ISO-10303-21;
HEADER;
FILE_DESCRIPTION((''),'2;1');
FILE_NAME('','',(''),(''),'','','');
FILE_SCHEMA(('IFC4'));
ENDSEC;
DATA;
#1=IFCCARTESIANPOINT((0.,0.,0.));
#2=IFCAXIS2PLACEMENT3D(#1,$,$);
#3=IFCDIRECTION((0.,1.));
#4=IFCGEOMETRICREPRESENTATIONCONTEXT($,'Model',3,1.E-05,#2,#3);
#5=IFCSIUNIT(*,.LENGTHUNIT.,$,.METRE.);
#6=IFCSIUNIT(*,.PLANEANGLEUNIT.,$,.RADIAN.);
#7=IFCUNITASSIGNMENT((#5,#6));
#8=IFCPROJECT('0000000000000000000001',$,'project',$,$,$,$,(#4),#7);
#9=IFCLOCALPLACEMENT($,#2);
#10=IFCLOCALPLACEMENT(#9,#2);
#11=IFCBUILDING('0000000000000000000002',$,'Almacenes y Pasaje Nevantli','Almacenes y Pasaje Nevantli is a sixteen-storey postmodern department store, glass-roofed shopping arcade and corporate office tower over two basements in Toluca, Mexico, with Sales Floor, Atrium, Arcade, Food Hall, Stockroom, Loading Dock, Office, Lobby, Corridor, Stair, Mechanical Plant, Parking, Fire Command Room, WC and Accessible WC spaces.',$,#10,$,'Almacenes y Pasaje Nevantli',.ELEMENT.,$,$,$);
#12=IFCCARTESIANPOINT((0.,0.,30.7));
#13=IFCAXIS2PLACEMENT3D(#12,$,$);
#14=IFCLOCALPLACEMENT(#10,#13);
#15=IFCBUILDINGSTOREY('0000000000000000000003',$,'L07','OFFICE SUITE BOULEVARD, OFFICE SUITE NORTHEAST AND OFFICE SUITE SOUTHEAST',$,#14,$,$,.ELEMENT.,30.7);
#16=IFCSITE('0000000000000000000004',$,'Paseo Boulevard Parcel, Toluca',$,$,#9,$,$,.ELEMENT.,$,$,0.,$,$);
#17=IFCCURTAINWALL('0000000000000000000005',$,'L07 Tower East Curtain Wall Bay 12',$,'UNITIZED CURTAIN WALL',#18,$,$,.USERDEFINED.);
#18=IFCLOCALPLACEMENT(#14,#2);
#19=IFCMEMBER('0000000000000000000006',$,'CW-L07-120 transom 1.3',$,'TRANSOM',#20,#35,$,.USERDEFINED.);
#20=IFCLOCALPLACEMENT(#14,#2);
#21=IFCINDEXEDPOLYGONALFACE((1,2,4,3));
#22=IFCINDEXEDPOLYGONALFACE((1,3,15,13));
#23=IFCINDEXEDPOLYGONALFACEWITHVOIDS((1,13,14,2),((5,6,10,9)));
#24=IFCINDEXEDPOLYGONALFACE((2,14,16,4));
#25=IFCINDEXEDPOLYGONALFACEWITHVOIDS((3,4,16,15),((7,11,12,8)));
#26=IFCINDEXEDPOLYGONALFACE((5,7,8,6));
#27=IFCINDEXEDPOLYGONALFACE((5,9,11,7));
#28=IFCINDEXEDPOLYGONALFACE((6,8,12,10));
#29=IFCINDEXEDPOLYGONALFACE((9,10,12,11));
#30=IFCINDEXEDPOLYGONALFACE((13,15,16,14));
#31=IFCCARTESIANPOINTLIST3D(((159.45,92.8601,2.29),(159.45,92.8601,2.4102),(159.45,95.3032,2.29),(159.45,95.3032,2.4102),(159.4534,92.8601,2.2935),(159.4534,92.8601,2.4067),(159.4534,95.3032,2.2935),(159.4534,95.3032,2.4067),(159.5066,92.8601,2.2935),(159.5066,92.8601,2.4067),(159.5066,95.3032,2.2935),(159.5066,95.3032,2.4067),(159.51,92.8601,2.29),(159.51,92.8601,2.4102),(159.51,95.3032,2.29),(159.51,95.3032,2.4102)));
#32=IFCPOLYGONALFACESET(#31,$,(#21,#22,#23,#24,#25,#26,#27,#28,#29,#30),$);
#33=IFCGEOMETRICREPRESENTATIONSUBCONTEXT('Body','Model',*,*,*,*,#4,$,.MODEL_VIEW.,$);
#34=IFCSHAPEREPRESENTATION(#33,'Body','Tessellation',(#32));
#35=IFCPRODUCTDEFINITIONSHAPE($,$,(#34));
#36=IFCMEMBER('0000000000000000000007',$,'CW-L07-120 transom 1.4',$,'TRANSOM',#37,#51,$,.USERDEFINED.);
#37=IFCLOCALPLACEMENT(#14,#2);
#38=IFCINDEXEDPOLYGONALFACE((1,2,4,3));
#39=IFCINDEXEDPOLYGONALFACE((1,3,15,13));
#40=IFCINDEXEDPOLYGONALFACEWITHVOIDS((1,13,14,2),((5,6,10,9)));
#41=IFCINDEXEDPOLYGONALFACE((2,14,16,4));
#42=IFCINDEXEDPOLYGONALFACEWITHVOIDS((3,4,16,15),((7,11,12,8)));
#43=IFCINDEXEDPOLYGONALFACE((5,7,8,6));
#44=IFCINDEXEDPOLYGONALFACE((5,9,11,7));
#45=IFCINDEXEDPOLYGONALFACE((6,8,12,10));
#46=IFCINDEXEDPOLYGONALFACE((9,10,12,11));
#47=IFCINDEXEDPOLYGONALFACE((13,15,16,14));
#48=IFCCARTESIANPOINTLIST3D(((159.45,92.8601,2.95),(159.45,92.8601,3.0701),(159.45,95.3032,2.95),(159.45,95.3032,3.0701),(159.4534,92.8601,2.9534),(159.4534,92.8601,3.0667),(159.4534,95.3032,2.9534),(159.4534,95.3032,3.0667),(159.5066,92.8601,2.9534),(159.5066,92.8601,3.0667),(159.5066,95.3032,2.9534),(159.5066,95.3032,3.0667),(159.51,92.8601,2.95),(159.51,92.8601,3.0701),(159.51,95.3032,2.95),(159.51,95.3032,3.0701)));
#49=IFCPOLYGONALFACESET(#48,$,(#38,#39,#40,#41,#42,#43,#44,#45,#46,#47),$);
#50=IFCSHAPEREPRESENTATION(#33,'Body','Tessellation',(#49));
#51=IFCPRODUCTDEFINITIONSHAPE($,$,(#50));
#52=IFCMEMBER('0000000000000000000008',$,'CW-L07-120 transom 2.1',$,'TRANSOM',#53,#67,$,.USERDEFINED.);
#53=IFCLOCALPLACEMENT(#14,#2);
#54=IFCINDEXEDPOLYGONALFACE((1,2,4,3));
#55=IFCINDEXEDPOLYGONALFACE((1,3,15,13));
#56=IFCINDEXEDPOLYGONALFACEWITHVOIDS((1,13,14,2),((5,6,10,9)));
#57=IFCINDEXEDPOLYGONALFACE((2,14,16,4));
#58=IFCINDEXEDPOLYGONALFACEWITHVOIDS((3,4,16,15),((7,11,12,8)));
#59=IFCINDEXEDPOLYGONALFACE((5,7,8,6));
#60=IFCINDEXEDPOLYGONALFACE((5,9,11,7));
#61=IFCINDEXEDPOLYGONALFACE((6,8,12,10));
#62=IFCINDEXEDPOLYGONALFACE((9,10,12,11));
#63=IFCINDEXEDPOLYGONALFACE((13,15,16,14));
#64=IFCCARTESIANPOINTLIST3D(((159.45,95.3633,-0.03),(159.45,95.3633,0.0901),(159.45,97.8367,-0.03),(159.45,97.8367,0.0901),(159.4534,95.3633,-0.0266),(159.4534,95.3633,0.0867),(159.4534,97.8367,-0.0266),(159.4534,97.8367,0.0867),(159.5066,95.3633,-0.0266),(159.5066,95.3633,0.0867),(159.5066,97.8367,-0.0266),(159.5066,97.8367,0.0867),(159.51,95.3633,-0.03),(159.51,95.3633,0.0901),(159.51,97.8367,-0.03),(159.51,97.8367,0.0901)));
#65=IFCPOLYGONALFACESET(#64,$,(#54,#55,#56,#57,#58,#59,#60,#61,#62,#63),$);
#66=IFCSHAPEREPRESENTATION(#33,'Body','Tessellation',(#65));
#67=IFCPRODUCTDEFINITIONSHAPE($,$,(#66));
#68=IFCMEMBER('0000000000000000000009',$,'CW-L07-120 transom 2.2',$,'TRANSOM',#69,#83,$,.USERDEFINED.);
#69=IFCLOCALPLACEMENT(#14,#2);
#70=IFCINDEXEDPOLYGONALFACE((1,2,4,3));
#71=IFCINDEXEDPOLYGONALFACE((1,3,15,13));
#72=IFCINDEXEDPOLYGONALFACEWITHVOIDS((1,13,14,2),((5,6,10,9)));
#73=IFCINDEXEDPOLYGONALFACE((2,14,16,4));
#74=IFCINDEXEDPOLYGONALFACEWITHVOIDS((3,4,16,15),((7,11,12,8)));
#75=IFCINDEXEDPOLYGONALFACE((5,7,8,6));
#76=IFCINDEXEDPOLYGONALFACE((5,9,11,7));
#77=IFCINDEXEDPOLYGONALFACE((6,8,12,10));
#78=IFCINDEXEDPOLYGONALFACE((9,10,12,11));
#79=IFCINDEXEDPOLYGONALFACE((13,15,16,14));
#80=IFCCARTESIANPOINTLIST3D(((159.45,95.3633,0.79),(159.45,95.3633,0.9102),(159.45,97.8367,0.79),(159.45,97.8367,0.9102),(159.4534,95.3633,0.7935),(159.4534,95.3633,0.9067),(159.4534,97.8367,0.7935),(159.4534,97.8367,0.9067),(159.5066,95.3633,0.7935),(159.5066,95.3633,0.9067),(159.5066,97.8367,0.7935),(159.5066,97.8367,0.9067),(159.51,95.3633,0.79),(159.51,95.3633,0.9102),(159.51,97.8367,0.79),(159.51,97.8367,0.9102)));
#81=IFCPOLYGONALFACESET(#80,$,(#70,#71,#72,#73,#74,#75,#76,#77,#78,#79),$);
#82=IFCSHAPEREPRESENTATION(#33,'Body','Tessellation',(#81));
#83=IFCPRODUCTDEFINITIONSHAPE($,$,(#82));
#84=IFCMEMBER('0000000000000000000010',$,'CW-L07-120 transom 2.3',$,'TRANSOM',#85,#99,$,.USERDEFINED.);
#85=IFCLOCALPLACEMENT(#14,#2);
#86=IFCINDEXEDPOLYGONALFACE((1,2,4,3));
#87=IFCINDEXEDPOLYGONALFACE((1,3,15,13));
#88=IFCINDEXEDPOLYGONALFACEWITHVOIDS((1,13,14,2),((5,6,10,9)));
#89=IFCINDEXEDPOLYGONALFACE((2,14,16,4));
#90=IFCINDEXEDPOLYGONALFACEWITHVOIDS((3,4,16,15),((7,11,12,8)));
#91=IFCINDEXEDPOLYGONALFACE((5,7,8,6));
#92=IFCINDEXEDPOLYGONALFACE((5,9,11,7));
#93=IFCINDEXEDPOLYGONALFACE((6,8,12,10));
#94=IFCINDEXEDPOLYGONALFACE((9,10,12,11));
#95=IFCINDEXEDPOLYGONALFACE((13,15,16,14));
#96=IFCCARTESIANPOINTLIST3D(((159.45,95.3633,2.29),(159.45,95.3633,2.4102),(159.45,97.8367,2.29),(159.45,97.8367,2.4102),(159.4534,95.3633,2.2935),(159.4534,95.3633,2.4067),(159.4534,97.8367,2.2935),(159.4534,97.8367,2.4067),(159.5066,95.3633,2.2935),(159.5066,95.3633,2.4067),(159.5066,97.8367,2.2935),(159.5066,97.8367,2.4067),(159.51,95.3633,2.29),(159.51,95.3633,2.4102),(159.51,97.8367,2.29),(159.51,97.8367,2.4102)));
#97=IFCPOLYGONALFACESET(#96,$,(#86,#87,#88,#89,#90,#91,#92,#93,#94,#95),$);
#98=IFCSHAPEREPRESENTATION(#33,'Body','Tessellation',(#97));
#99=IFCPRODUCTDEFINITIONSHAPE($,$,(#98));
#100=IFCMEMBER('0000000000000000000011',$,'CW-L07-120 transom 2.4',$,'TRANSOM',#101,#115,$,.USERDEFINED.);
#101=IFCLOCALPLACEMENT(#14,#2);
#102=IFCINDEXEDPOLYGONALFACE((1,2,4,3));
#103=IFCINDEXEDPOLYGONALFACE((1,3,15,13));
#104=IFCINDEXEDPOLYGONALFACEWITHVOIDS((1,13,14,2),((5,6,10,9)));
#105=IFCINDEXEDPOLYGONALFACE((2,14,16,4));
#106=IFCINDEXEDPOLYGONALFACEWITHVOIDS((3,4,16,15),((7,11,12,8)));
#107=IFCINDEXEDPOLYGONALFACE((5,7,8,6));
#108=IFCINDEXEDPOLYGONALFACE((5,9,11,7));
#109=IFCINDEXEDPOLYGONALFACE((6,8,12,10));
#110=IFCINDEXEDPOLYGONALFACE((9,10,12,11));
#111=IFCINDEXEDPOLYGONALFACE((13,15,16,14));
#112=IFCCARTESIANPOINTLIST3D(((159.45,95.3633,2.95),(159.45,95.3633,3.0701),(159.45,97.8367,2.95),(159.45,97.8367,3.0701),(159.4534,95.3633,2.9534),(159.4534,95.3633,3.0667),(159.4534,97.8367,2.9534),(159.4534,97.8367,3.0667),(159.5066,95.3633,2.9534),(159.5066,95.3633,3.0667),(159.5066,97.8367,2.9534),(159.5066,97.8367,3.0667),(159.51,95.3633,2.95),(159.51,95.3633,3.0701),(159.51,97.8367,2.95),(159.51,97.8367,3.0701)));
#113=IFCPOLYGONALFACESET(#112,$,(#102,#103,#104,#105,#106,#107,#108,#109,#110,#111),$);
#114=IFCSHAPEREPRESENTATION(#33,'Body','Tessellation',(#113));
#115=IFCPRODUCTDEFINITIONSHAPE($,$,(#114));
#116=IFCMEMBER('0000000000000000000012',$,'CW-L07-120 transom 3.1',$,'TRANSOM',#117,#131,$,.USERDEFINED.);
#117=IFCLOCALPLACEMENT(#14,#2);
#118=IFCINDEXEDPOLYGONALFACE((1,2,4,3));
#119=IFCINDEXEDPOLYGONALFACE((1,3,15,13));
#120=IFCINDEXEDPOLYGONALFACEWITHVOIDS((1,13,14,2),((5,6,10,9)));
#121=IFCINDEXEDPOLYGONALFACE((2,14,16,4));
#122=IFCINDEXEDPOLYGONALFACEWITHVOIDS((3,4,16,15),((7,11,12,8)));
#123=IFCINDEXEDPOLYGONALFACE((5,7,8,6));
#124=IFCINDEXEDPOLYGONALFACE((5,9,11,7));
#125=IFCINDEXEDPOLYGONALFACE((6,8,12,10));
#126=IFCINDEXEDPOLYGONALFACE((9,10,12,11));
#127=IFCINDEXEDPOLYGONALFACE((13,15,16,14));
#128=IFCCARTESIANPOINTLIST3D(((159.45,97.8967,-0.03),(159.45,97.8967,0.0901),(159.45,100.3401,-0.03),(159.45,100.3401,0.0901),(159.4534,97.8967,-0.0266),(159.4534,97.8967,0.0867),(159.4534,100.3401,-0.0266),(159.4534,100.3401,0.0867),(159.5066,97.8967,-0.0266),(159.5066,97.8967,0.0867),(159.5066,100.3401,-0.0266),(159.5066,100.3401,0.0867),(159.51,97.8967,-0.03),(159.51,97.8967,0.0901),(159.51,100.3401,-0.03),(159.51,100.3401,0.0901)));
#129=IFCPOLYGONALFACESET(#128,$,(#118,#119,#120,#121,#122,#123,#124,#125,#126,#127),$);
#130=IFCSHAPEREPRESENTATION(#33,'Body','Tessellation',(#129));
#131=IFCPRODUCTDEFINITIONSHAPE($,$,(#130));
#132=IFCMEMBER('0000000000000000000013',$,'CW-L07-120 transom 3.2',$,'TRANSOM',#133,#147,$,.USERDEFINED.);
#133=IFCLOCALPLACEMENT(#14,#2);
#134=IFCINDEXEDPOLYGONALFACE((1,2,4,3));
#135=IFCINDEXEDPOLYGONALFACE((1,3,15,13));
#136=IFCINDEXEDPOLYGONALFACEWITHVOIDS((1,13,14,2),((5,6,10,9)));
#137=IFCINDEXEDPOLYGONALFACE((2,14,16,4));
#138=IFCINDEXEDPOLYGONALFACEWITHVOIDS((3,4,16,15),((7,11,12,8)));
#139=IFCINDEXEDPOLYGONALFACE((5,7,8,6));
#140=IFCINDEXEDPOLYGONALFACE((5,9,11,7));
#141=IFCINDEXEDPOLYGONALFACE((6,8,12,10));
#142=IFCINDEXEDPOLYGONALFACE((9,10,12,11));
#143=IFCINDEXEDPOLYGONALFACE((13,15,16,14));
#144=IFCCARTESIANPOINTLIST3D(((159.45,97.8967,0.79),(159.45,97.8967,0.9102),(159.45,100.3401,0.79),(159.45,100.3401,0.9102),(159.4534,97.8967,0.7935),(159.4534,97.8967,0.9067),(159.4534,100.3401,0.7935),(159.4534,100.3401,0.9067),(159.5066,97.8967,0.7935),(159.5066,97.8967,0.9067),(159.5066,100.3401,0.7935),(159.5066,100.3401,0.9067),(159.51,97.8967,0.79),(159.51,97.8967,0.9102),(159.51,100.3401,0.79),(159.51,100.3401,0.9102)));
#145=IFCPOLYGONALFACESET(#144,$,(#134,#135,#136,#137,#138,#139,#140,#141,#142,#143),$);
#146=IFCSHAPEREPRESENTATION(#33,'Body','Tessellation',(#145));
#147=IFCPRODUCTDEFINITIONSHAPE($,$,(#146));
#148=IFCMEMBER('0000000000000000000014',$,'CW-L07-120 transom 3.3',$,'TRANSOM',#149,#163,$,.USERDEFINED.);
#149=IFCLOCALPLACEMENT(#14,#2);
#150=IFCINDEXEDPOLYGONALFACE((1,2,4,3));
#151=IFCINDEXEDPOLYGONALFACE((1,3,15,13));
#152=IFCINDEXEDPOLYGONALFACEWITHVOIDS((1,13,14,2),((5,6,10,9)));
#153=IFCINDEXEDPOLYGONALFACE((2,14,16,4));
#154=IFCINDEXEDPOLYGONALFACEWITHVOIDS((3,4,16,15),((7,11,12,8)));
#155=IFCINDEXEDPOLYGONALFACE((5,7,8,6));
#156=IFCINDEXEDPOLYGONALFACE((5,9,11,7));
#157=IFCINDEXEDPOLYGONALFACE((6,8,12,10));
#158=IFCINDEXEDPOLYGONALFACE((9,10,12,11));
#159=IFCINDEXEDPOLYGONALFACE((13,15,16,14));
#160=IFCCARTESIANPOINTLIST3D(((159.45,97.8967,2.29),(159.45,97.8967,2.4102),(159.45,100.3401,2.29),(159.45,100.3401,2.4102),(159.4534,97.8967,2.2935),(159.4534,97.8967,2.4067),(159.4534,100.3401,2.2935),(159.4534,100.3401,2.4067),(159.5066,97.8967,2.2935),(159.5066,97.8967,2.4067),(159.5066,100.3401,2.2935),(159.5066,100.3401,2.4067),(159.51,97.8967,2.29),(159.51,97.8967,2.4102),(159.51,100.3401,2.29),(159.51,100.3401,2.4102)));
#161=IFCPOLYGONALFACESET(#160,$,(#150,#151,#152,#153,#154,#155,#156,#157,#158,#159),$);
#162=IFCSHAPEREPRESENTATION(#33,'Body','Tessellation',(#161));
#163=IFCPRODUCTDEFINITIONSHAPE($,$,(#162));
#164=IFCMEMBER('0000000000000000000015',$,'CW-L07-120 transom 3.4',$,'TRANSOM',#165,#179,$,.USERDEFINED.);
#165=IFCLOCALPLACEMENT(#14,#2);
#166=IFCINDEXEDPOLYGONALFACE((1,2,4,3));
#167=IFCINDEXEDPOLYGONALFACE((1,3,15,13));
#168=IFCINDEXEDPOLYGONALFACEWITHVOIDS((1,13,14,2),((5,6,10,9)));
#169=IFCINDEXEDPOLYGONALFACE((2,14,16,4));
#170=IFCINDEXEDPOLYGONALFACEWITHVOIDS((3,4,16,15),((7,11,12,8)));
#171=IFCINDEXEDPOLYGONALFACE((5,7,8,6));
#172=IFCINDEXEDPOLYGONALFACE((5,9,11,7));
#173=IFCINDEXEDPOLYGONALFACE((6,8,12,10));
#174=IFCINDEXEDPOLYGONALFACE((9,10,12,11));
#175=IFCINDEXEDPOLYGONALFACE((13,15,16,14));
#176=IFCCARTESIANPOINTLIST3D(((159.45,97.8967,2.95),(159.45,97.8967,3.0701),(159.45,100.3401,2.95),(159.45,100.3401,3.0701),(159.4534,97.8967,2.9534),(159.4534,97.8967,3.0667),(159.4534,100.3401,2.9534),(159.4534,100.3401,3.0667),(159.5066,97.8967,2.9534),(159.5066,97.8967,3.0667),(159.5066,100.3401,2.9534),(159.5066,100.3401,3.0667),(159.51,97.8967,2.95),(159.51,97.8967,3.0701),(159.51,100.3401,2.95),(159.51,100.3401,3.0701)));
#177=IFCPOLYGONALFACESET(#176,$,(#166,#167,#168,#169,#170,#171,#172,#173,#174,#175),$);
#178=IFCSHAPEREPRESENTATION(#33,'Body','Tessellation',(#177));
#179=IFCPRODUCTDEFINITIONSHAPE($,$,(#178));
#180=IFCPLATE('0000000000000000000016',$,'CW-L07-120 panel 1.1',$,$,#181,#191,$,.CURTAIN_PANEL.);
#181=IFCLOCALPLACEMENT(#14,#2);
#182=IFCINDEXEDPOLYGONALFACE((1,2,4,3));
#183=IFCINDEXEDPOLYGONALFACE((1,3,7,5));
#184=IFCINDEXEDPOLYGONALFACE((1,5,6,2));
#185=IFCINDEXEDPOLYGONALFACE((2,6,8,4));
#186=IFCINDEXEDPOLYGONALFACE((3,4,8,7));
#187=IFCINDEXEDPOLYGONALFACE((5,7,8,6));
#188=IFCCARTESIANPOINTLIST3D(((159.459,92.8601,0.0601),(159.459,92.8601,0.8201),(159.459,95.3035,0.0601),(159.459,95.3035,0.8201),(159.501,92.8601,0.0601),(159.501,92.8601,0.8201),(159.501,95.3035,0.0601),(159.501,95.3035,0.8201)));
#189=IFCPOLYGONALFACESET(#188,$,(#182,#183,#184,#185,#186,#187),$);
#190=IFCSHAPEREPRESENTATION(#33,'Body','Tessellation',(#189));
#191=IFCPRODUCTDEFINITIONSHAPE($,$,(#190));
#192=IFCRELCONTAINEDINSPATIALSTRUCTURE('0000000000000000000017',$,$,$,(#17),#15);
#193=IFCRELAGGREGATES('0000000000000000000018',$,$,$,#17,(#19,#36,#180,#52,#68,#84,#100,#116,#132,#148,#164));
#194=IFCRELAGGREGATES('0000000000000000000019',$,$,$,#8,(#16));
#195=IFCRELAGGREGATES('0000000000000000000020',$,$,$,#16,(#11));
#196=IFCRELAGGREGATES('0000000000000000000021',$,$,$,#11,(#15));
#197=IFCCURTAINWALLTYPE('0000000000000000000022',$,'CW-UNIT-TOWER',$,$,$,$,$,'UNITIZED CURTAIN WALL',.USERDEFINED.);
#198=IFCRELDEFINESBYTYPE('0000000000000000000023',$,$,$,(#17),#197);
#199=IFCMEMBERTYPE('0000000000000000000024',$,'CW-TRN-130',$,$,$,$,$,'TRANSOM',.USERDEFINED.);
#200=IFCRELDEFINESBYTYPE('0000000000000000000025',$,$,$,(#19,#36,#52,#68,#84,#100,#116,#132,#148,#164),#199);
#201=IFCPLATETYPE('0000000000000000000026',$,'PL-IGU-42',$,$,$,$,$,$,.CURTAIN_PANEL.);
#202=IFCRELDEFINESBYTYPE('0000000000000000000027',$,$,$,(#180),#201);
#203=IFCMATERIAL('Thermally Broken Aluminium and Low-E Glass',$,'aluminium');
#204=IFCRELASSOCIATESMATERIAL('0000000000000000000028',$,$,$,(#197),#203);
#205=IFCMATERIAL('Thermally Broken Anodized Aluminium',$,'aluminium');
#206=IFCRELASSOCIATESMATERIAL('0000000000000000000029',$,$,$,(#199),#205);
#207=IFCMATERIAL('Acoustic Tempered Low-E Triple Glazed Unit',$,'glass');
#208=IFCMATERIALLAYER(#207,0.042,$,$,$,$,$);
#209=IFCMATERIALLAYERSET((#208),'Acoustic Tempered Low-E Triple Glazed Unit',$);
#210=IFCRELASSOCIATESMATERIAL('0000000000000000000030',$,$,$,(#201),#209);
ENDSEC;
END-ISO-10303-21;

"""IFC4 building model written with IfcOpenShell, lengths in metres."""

from ifc_helpers import new_model, si_unit, direction, frame, origin, origin_2d, place, context, subcontext, project, spatial, rectangle, hollow_rectangle, extrude, material, layer, layer_set, material_profile, profile_set, type_object, element, aggregate, save


model = new_model("IFC4")

# Units and contexts
model_context = context("Model", 3, precision=1e-05, world=origin(), true_north=direction((0.0, 1.0)))
body_context = subcontext(model_context, "Body", "Model", "MODEL_VIEW")
ifc_project = project(units=[si_unit("LENGTHUNIT", "METRE"), si_unit("PLANEANGLEUNIT", "RADIAN")], contexts=[model_context])

# Site, building, storey
site_placement = place(None, origin())
site = spatial("IfcSite", under=ifc_project, at=site_placement, Name="Paseo Boulevard Parcel, Toluca", CompositionType="ELEMENT", RefElevation=0.0)
building_placement = place(site_placement, origin())
building = spatial("IfcBuilding", under=site, at=building_placement, Name="Almacenes y Pasaje Nevantli", Description="Almacenes y Pasaje Nevantli is a sixteen-storey postmodern department store, glass-roofed shopping arcade and corporate office tower over two basements in Toluca, Mexico, with Sales Floor, Atrium, Arcade, Food Hall, Stockroom, Loading Dock, Office, Lobby, Corridor, Stair, Mechanical Plant, Parking, Fire Command Room, WC and Accessible WC spaces.", LongName="Almacenes y Pasaje Nevantli", CompositionType="ELEMENT")
storey_placement = place(building_placement, frame((0.0, 0.0, 30.7)))
storey = spatial("IfcBuildingStorey", under=building, at=storey_placement, Name="L07", Description="OFFICE SUITE BOULEVARD, OFFICE SUITE NORTHEAST AND OFFICE SUITE SOUTHEAST", CompositionType="ELEMENT", Elevation=30.7)

# Curtain wall, members, plate
ifc_material_1 = material(Name="Thermally Broken Aluminium and Low-E Glass", Category="aluminium")
curtain_wall_type = type_object("IfcCurtainWallType", Name="CW-UNIT-TOWER", ElementType="UNITIZED CURTAIN WALL", PredefinedType="USERDEFINED", material=ifc_material_1)
curtain_wall_placement = place(storey_placement, origin())
curtain_wall = element("IfcCurtainWall", 1, at=curtain_wall_placement, inside=storey, type_object=curtain_wall_type, Name="L07 Tower East Curtain Wall Bay 12", ObjectType="UNITIZED CURTAIN WALL", PredefinedType="USERDEFINED")
ifc_material_2 = material(Name="Thermally Broken Anodized Aluminium", Category="aluminium")
ifc_material_profile_1 = material_profile(ifc_material_2, hollow_rectangle(XDim=0.0601, YDim=0.1201, WallThickness=0.0034, at=origin_2d()), Name="ALU-TRN-60x120")
ifc_profile_set_1 = profile_set([ifc_material_profile_1], Name="Thermally Broken Anodized Aluminium")
member_type_1 = type_object("IfcMemberType", Name="CW-TRN-130", ElementType="TRANSOM", PredefinedType="USERDEFINED", material=ifc_profile_set_1)
member_1_placement = place(storey_placement, frame((159.48, 92.8601, 2.3501), z_axis=(0.0, 1.0, 0.0), x_axis=(-1.0, 0.0, 0.0)))
member_1 = element("IfcMember", 2, at=member_1_placement, type_object=member_type_1, Name="CW-L07-120 transom 1.3", ObjectType="TRANSOM", PredefinedType="USERDEFINED", context=body_context, shape_type="SweptSolid", body=[
    extrude(hollow_rectangle(XDim=0.0601, YDim=0.1201, WallThickness=0.0034, at=origin_2d()), origin(), (0.0, 0.0, 1.0), 2.4431),
])
member_2_placement = place(storey_placement, frame((159.48, 92.8601, 3.01), z_axis=(0.0, 1.0, 0.0), x_axis=(-1.0, 0.0, 0.0)))
member_2 = element("IfcMember", 3, at=member_2_placement, type_object=member_type_1, Name="CW-L07-120 transom 1.4", ObjectType="TRANSOM", PredefinedType="USERDEFINED", context=body_context, shape_type="SweptSolid", body=[
    extrude(hollow_rectangle(XDim=0.0601, YDim=0.1201, WallThickness=0.0034, at=origin_2d()), origin(), (0.0, 0.0, 1.0), 2.4431),
])
member_3_placement = place(storey_placement, frame((159.48, 95.3633, 0.03), z_axis=(0.0, 1.0, 0.0), x_axis=(-1.0, 0.0, 0.0)))
member_3 = element("IfcMember", 4, at=member_3_placement, type_object=member_type_1, Name="CW-L07-120 transom 2.1", ObjectType="TRANSOM", PredefinedType="USERDEFINED", context=body_context, shape_type="SweptSolid", body=[
    extrude(hollow_rectangle(XDim=0.0601, YDim=0.1201, WallThickness=0.0034, at=origin_2d()), origin(), (0.0, 0.0, 1.0), 2.4734),
])
member_4_placement = place(storey_placement, frame((159.48, 95.3633, 0.8501), z_axis=(0.0, 1.0, 0.0), x_axis=(-1.0, 0.0, 0.0)))
member_4 = element("IfcMember", 5, at=member_4_placement, type_object=member_type_1, Name="CW-L07-120 transom 2.2", ObjectType="TRANSOM", PredefinedType="USERDEFINED", context=body_context, shape_type="SweptSolid", body=[
    extrude(hollow_rectangle(XDim=0.0601, YDim=0.1201, WallThickness=0.0034, at=origin_2d()), origin(), (0.0, 0.0, 1.0), 2.4734),
])
member_5_placement = place(storey_placement, frame((159.48, 95.3633, 2.3501), z_axis=(0.0, 1.0, 0.0), x_axis=(-1.0, 0.0, 0.0)))
member_5 = element("IfcMember", 6, at=member_5_placement, type_object=member_type_1, Name="CW-L07-120 transom 2.3", ObjectType="TRANSOM", PredefinedType="USERDEFINED", context=body_context, shape_type="SweptSolid", body=[
    extrude(hollow_rectangle(XDim=0.0601, YDim=0.1201, WallThickness=0.0034, at=origin_2d()), origin(), (0.0, 0.0, 1.0), 2.4734),
])
member_6_placement = place(storey_placement, frame((159.48, 95.3633, 3.01), z_axis=(0.0, 1.0, 0.0), x_axis=(-1.0, 0.0, 0.0)))
member_6 = element("IfcMember", 7, at=member_6_placement, type_object=member_type_1, Name="CW-L07-120 transom 2.4", ObjectType="TRANSOM", PredefinedType="USERDEFINED", context=body_context, shape_type="SweptSolid", body=[
    extrude(hollow_rectangle(XDim=0.0601, YDim=0.1201, WallThickness=0.0034, at=origin_2d()), origin(), (0.0, 0.0, 1.0), 2.4734),
])
member_7_placement = place(storey_placement, frame((159.48, 97.8967, 0.03), z_axis=(0.0, 1.0, 0.0), x_axis=(-1.0, 0.0, 0.0)))
member_7 = element("IfcMember", 8, at=member_7_placement, type_object=member_type_1, Name="CW-L07-120 transom 3.1", ObjectType="TRANSOM", PredefinedType="USERDEFINED", context=body_context, shape_type="SweptSolid", body=[
    extrude(hollow_rectangle(XDim=0.0601, YDim=0.1201, WallThickness=0.0034, at=origin_2d()), origin(), (0.0, 0.0, 1.0), 2.4434),
])
member_8_placement = place(storey_placement, frame((159.48, 97.8967, 0.8501), z_axis=(0.0, 1.0, 0.0), x_axis=(-1.0, 0.0, 0.0)))
member_8 = element("IfcMember", 9, at=member_8_placement, type_object=member_type_1, Name="CW-L07-120 transom 3.2", ObjectType="TRANSOM", PredefinedType="USERDEFINED", context=body_context, shape_type="SweptSolid", body=[
    extrude(hollow_rectangle(XDim=0.0601, YDim=0.1201, WallThickness=0.0034, at=origin_2d()), origin(), (0.0, 0.0, 1.0), 2.4434),
])
member_9_placement = place(storey_placement, frame((159.48, 97.8967, 2.3501), z_axis=(0.0, 1.0, 0.0), x_axis=(-1.0, 0.0, 0.0)))
member_9 = element("IfcMember", 10, at=member_9_placement, type_object=member_type_1, Name="CW-L07-120 transom 3.3", ObjectType="TRANSOM", PredefinedType="USERDEFINED", context=body_context, shape_type="SweptSolid", body=[
    extrude(hollow_rectangle(XDim=0.0601, YDim=0.1201, WallThickness=0.0034, at=origin_2d()), origin(), (0.0, 0.0, 1.0), 2.4434),
])
member_10_placement = place(storey_placement, frame((159.48, 97.8967, 3.01), z_axis=(0.0, 1.0, 0.0), x_axis=(-1.0, 0.0, 0.0)))
member_10 = element("IfcMember", 11, at=member_10_placement, type_object=member_type_1, Name="CW-L07-120 transom 3.4", ObjectType="TRANSOM", PredefinedType="USERDEFINED", context=body_context, shape_type="SweptSolid", body=[
    extrude(hollow_rectangle(XDim=0.0601, YDim=0.1201, WallThickness=0.0034, at=origin_2d()), origin(), (0.0, 0.0, 1.0), 2.4434),
])
ifc_material_3 = material(Name="Acoustic Tempered Low-E Triple Glazed Unit", Category="glass")
ifc_layer = layer(ifc_material_3, 0.042)
ifc_layer_set = layer_set([ifc_layer], Name="Acoustic Tempered Low-E Triple Glazed Unit")
plate_type = type_object("IfcPlateType", Name="PL-IGU-42", PredefinedType="CURTAIN_PANEL", material=ifc_layer_set)
plate_1_placement = place(storey_placement, frame((159.48, 94.0818, 0.0601), z_axis=(0.0, 0.0, 1.0), x_axis=(0.0, 1.0, 0.0)))
plate_1 = element("IfcPlate", 12, at=plate_1_placement, type_object=plate_type, Name="CW-L07-120 panel 1.1", PredefinedType="CURTAIN_PANEL", context=body_context, shape_type="SweptSolid", body=[
    extrude(rectangle(XDim=2.4434, YDim=0.042, at=origin_2d()), origin(), (0.0, 0.0, 1.0), 0.76),
])
aggregate(curtain_wall, [member_1, member_2, plate_1, member_3, member_4, member_5, member_6, member_7, member_8, member_9, member_10])

save(model, "model.ifc")
